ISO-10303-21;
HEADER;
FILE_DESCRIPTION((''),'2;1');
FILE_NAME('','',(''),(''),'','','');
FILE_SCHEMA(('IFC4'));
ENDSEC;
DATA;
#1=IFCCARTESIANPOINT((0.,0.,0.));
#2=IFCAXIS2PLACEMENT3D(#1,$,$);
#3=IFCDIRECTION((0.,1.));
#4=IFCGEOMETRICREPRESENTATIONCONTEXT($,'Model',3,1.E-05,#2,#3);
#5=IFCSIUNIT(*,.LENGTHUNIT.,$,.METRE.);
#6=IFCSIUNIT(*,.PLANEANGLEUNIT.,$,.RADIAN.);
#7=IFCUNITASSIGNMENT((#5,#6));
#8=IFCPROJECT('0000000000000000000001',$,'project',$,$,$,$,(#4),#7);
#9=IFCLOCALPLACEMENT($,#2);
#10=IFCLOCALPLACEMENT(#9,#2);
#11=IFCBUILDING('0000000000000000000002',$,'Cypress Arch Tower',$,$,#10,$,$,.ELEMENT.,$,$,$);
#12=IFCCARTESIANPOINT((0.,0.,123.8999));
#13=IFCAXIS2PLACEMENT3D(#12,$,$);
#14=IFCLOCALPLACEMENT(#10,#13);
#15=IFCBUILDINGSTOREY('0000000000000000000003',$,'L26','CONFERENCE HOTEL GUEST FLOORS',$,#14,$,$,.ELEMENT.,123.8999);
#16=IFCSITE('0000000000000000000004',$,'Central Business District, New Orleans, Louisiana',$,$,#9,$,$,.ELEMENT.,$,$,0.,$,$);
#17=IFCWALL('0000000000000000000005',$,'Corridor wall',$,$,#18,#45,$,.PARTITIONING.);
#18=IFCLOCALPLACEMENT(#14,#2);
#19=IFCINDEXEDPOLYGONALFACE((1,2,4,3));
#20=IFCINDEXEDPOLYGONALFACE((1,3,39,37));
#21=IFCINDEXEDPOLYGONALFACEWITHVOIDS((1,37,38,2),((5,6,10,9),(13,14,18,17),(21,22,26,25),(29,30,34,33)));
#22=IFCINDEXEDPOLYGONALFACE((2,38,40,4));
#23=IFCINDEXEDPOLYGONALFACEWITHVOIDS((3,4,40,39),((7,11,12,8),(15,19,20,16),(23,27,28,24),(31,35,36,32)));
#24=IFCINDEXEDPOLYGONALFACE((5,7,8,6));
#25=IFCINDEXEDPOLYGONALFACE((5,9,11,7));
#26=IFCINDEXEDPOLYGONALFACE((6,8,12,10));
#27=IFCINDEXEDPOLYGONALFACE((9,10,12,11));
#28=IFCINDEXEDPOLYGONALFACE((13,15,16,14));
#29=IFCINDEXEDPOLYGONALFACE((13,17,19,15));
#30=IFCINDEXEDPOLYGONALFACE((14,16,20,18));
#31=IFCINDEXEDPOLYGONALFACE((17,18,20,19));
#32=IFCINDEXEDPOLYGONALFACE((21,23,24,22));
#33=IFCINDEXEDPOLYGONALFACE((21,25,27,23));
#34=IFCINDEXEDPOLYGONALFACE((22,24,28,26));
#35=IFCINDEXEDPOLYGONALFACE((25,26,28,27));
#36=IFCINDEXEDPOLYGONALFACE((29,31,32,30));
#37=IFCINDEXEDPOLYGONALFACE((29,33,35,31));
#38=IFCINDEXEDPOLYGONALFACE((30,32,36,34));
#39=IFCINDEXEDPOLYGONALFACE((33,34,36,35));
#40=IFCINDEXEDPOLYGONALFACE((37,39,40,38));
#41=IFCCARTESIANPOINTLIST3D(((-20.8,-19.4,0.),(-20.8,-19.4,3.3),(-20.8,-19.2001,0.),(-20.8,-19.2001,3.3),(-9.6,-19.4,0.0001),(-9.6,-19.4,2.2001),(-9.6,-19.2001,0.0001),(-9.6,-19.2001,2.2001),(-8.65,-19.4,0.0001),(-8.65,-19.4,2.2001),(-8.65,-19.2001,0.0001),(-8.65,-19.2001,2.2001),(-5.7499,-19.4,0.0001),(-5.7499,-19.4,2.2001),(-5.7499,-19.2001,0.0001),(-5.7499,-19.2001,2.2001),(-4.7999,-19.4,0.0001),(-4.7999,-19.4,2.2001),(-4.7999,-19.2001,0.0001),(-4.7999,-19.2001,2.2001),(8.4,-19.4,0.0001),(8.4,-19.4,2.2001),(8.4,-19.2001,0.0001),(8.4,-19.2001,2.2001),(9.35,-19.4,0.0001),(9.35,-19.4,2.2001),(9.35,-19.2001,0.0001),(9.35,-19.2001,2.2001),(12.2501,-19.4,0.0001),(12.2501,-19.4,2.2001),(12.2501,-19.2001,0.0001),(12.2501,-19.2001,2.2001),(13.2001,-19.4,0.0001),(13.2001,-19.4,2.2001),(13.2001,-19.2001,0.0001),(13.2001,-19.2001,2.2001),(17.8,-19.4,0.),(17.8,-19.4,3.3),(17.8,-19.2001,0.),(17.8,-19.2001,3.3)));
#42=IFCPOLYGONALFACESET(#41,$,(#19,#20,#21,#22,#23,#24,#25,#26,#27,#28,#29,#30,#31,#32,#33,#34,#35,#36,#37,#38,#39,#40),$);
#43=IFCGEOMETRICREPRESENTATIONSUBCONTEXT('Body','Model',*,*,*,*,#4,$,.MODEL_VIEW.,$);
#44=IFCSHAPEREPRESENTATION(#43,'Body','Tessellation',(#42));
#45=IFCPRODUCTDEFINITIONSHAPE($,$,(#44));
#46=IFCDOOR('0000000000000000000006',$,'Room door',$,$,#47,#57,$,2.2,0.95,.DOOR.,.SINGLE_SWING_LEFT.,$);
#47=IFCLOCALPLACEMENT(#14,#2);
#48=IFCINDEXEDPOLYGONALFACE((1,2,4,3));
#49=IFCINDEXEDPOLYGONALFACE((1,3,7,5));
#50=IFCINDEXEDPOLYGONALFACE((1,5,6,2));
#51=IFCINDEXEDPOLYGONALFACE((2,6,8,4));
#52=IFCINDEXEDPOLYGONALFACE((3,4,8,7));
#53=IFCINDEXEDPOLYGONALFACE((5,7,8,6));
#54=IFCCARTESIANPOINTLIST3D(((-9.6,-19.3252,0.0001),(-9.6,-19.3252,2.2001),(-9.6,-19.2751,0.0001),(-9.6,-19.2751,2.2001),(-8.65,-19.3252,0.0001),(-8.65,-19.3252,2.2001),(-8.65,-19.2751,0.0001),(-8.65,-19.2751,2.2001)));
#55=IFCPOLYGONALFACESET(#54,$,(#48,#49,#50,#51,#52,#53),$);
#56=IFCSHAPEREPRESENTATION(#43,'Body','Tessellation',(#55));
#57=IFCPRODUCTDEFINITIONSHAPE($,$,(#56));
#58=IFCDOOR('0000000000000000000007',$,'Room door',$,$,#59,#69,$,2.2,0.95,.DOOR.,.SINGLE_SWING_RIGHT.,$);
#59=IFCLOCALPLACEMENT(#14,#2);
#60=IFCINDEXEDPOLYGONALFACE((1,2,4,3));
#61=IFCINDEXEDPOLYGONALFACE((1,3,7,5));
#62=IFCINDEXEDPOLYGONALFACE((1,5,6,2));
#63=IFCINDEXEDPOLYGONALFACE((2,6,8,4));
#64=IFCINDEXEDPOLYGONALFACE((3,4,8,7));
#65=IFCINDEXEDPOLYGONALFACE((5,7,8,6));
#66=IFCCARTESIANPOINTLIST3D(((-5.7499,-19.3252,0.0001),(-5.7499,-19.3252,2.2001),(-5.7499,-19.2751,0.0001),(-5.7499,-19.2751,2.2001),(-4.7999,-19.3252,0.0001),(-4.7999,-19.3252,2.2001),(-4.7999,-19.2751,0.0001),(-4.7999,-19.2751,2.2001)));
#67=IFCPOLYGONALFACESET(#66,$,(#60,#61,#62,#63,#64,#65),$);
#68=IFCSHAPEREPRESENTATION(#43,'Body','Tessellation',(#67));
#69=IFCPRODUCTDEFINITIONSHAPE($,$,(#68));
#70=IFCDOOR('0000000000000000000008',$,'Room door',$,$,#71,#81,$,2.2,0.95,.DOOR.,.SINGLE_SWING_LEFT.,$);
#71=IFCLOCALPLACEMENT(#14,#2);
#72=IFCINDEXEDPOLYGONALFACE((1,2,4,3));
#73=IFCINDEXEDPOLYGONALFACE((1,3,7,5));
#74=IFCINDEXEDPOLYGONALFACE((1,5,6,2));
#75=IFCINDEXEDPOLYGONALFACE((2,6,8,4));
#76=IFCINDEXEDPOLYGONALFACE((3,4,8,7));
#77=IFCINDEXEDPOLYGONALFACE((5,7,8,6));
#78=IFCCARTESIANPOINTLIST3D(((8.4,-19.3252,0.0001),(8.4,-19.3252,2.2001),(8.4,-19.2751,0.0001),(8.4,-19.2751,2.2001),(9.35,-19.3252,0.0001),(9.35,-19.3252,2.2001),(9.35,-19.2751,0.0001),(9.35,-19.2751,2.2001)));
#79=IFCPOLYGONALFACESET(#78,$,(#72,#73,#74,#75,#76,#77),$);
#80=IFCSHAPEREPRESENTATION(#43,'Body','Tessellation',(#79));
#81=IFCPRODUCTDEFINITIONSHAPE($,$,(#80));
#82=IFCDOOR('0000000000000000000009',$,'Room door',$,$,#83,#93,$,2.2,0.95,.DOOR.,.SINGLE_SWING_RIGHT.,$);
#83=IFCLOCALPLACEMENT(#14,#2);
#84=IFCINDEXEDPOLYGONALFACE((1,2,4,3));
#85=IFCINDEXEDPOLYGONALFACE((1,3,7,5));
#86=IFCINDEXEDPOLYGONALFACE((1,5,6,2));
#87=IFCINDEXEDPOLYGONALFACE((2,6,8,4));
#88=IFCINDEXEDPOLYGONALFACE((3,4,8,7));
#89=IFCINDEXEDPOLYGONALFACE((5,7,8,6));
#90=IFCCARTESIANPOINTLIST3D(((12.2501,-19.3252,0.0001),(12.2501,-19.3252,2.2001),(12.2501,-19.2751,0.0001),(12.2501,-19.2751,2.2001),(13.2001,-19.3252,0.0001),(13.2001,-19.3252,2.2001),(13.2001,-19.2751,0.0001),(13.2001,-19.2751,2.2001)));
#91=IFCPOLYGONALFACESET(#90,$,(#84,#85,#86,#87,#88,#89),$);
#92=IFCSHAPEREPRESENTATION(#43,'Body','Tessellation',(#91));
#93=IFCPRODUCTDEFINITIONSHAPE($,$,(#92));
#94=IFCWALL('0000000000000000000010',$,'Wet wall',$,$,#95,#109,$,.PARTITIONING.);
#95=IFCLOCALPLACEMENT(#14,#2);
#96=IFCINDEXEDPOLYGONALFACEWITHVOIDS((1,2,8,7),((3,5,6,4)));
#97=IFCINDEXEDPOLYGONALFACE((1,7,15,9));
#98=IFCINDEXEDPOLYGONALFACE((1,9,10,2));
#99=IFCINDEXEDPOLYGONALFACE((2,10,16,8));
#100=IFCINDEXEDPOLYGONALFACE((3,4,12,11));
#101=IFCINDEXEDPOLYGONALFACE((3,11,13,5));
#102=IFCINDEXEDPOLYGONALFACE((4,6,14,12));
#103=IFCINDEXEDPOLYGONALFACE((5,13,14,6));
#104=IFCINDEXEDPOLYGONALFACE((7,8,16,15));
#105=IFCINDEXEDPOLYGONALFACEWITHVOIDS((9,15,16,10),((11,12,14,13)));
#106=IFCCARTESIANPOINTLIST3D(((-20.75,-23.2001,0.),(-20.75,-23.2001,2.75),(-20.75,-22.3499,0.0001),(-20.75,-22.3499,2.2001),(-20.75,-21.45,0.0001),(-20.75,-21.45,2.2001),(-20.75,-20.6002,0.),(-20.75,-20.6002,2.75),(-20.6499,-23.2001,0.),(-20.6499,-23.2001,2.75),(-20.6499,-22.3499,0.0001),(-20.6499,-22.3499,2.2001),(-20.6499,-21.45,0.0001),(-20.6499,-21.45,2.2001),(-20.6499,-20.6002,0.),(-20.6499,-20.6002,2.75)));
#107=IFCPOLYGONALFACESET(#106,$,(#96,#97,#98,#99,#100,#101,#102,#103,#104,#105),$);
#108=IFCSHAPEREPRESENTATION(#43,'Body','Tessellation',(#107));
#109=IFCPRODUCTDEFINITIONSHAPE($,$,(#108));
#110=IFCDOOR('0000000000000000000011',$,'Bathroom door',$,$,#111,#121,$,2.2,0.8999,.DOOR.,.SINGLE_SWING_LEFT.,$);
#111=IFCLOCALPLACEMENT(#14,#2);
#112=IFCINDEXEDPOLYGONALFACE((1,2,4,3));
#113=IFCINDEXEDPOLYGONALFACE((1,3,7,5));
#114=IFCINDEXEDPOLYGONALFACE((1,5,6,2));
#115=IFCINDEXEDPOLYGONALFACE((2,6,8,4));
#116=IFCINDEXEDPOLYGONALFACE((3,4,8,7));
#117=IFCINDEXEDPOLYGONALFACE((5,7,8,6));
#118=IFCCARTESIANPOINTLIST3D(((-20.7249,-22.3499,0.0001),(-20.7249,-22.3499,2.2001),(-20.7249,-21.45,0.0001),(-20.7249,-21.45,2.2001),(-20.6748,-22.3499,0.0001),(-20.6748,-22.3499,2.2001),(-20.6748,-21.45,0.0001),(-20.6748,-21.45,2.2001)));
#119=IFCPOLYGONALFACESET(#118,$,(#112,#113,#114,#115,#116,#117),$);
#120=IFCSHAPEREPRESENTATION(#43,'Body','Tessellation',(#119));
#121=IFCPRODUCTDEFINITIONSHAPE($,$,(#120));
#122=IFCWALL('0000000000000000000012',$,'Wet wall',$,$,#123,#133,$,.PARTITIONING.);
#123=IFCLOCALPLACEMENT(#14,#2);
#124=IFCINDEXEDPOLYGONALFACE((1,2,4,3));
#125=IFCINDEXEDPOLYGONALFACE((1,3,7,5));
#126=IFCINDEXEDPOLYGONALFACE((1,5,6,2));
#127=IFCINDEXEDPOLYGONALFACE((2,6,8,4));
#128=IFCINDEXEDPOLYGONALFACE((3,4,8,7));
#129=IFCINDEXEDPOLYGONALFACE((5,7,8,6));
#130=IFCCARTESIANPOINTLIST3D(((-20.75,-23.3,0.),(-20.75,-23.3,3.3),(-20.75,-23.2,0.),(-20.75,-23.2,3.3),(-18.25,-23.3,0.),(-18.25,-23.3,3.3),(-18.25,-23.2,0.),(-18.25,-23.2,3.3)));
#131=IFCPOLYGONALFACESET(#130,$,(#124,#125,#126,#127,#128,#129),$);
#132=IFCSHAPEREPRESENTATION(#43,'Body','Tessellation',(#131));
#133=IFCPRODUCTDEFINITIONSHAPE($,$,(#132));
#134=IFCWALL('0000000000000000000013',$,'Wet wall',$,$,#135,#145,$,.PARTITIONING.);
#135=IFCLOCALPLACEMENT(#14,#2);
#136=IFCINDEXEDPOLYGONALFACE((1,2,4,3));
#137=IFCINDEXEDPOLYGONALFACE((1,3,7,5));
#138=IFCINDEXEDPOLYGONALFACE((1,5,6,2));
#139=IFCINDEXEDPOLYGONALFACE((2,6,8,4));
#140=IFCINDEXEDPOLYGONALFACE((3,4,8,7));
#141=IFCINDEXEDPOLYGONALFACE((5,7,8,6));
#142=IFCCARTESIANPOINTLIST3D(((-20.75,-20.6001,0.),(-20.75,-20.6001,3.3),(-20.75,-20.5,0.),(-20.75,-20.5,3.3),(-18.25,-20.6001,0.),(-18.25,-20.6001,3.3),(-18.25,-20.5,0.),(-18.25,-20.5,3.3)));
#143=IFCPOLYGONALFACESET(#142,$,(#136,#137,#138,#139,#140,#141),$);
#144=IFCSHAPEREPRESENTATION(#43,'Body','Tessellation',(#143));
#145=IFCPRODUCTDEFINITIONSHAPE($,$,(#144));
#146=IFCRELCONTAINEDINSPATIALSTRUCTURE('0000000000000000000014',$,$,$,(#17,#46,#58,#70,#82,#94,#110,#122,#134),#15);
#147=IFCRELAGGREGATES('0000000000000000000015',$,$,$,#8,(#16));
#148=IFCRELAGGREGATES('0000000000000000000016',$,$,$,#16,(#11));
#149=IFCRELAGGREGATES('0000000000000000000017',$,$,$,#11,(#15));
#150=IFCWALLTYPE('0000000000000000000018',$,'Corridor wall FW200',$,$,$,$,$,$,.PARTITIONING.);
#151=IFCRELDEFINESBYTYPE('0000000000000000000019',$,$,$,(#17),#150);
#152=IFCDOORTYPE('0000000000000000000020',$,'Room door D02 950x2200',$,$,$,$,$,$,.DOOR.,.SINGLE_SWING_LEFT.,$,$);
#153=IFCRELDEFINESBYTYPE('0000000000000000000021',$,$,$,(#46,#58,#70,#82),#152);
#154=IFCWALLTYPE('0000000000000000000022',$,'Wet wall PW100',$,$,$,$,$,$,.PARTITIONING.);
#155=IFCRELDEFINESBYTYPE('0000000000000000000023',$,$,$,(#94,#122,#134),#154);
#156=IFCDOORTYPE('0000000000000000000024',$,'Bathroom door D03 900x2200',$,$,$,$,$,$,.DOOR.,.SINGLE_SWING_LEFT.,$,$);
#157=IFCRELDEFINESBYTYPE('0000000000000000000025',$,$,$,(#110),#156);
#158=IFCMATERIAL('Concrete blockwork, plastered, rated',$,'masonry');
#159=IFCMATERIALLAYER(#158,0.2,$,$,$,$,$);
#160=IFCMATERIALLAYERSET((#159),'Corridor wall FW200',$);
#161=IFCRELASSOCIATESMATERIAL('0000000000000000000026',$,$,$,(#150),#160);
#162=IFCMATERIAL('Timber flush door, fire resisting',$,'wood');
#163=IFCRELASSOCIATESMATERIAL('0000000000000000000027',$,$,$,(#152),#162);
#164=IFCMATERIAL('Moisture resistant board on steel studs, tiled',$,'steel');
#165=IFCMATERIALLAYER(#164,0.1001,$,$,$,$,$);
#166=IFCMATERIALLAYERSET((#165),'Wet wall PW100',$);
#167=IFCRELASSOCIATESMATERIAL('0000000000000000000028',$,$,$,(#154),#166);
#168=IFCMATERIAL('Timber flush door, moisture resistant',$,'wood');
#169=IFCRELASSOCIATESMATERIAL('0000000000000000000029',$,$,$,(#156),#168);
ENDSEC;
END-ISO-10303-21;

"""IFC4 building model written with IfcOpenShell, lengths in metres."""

from ifc_helpers import new_model, si_unit, direction, frame, frame_2d, origin, place, context, subcontext, project, spatial, rectangle, extrude, material, layer, layer_set, type_object, element, fill, save


model = new_model("IFC4")

# Units and contexts
model_context = context("Model", 3, precision=1e-05, world=origin(), true_north=direction((0.0, 1.0)))
body_context = subcontext(model_context, "Body", "Model", "MODEL_VIEW")
ifc_project = project(units=[si_unit("LENGTHUNIT", "METRE"), si_unit("PLANEANGLEUNIT", "RADIAN")], contexts=[model_context])

# Site, building, storey
site_placement = place(None, origin())
site = spatial("IfcSite", under=ifc_project, at=site_placement, Name="Central Business District, New Orleans, Louisiana", CompositionType="ELEMENT", RefElevation=0.0)
building_placement = place(site_placement, origin())
building = spatial("IfcBuilding", under=site, at=building_placement, Name="Cypress Arch Tower", CompositionType="ELEMENT")
storey_placement = place(building_placement, frame((0.0, 0.0, 123.8999)))
storey = spatial("IfcBuildingStorey", under=building, at=storey_placement, Name="L26", Description="CONFERENCE HOTEL GUEST FLOORS", CompositionType="ELEMENT", Elevation=123.8999)

# Shared definitions
ifc_material_1 = material(Name="Concrete blockwork, plastered, rated", Category="masonry")
ifc_layer_1 = layer(ifc_material_1, 0.2)
ifc_layer_set_1 = layer_set([ifc_layer_1], Name="Corridor wall FW200")
wall_type_1 = type_object("IfcWallType", Name="Corridor wall FW200", PredefinedType="PARTITIONING", material=ifc_layer_set_1)
ifc_material_2 = material(Name="Timber flush door, fire resisting", Category="wood")
door_type_1 = type_object("IfcDoorType", Name="Room door D02 950x2200", OperationType="SINGLE_SWING_LEFT", PredefinedType="DOOR", material=ifc_material_2)

# Wall, openings, doors
wall_1_placement = place(storey_placement, frame((-20.8, -19.3, 0.0), z_axis=(0.0, 0.0, 1.0), x_axis=(1.0, 0.0, 0.0)))
wall_1 = element("IfcWall", 1, at=wall_1_placement, inside=storey, type_object=wall_type_1, Name="Corridor wall", PredefinedType="PARTITIONING", context=body_context, shape_type="SweptSolid", body=[
    extrude(rectangle(XDim=38.6001, YDim=0.2, at=frame_2d((19.3, 0.0))), origin(), (0.0, 0.0, 1.0), 3.3),
])
opening_1_placement = place(wall_1_placement, frame((11.2, 0.0, 0.0)))
opening_1 = element("IfcOpeningElement", 2, at=opening_1_placement, cuts=wall_1, PredefinedType="OPENING", context=body_context, shape_type="SweptSolid", body=[
    extrude(rectangle(XDim=0.95, YDim=2.2, at=frame_2d((0.4751, 1.1001))), frame((0.0, 0.1099, 0.0), z_axis=(0.0, -1.0, 0.0), x_axis=(1.0, 0.0, 0.0)), (0.0, 0.0, 1.0), 0.22),
])
opening_2_placement = place(wall_1_placement, frame((15.05, 0.0, 0.0)))
opening_2 = element("IfcOpeningElement", 3, at=opening_2_placement, cuts=wall_1, PredefinedType="OPENING", context=body_context, shape_type="SweptSolid", body=[
    extrude(rectangle(XDim=0.95, YDim=2.2, at=frame_2d((0.4751, 1.1001))), frame((0.0, 0.1099, 0.0), z_axis=(0.0, -1.0, 0.0), x_axis=(1.0, 0.0, 0.0)), (0.0, 0.0, 1.0), 0.22),
])
opening_3_placement = place(wall_1_placement, frame((29.2, 0.0, 0.0)))
opening_3 = element("IfcOpeningElement", 4, at=opening_3_placement, cuts=wall_1, PredefinedType="OPENING", context=body_context, shape_type="SweptSolid", body=[
    extrude(rectangle(XDim=0.95, YDim=2.2, at=frame_2d((0.4751, 1.1001))), frame((0.0, 0.1099, 0.0), z_axis=(0.0, -1.0, 0.0), x_axis=(1.0, 0.0, 0.0)), (0.0, 0.0, 1.0), 0.22),
])
opening_4_placement = place(wall_1_placement, frame((33.05, 0.0, 0.0)))
opening_4 = element("IfcOpeningElement", 5, at=opening_4_placement, cuts=wall_1, PredefinedType="OPENING", context=body_context, shape_type="SweptSolid", body=[
    extrude(rectangle(XDim=0.95, YDim=2.2, at=frame_2d((0.4751, 1.1001))), frame((0.0, 0.1099, 0.0), z_axis=(0.0, -1.0, 0.0), x_axis=(1.0, 0.0, 0.0)), (0.0, 0.0, 1.0), 0.22),
])
door_1_placement = place(opening_1_placement, origin())
door_1 = element("IfcDoor", 6, at=door_1_placement, inside=storey, type_object=door_type_1, Name="Room door", OperationType="SINGLE_SWING_LEFT", OverallHeight=2.2, OverallWidth=0.95, PredefinedType="DOOR", context=body_context, shape_type="SweptSolid", body=[
    extrude(rectangle(XDim=0.95, YDim=2.2, at=frame_2d((0.4751, 1.1001))), frame((0.0, 0.0249, 0.0), z_axis=(0.0, -1.0, 0.0), x_axis=(1.0, 0.0, 0.0)), (0.0, 0.0, 1.0), 0.05),
])
fill(opening_1, door_1)
door_2_placement = place(opening_2_placement, origin())
door_2 = element("IfcDoor", 7, at=door_2_placement, inside=storey, type_object=door_type_1, Name="Room door", OperationType="SINGLE_SWING_RIGHT", OverallHeight=2.2, OverallWidth=0.95, PredefinedType="DOOR", context=body_context, shape_type="SweptSolid", body=[
    extrude(rectangle(XDim=0.95, YDim=2.2, at=frame_2d((0.4751, 1.1001))), frame((0.0, 0.0249, 0.0), z_axis=(0.0, -1.0, 0.0), x_axis=(1.0, 0.0, 0.0)), (0.0, 0.0, 1.0), 0.05),
])
fill(opening_2, door_2)
door_3_placement = place(opening_3_placement, origin())
door_3 = element("IfcDoor", 8, at=door_3_placement, inside=storey, type_object=door_type_1, Name="Room door", OperationType="SINGLE_SWING_LEFT", OverallHeight=2.2, OverallWidth=0.95, PredefinedType="DOOR", context=body_context, shape_type="SweptSolid", body=[
    extrude(rectangle(XDim=0.95, YDim=2.2, at=frame_2d((0.4751, 1.1001))), frame((0.0, 0.0249, 0.0), z_axis=(0.0, -1.0, 0.0), x_axis=(1.0, 0.0, 0.0)), (0.0, 0.0, 1.0), 0.05),
])
fill(opening_3, door_3)
door_4_placement = place(opening_4_placement, origin())
door_4 = element("IfcDoor", 9, at=door_4_placement, inside=storey, type_object=door_type_1, Name="Room door", OperationType="SINGLE_SWING_RIGHT", OverallHeight=2.2, OverallWidth=0.95, PredefinedType="DOOR", context=body_context, shape_type="SweptSolid", body=[
    extrude(rectangle(XDim=0.95, YDim=2.2, at=frame_2d((0.4751, 1.1001))), frame((0.0, 0.0249, 0.0), z_axis=(0.0, -1.0, 0.0), x_axis=(1.0, 0.0, 0.0)), (0.0, 0.0, 1.0), 0.05),
])
fill(opening_4, door_4)

# Wall, opening, door
ifc_material_3 = material(Name="Moisture resistant board on steel studs, tiled", Category="steel")
ifc_layer_2 = layer(ifc_material_3, 0.1001)
ifc_layer_set_2 = layer_set([ifc_layer_2], Name="Wet wall PW100")
wall_type_2 = type_object("IfcWallType", Name="Wet wall PW100", PredefinedType="PARTITIONING", material=ifc_layer_set_2)
wall_2_placement = place(storey_placement, frame((-20.7, -23.2, 0.0), z_axis=(0.0, 0.0, 1.0), x_axis=(0.0, 1.0, 0.0)))
wall_2 = element("IfcWall", 10, at=wall_2_placement, inside=storey, type_object=wall_type_2, Name="Wet wall", PredefinedType="PARTITIONING", context=body_context, shape_type="SweptSolid", body=[
    extrude(rectangle(XDim=2.5999, YDim=0.1001, at=frame_2d((1.2998, 0.0))), origin(), (0.0, 0.0, 1.0), 2.75),
])
opening_5_placement = place(wall_2_placement, frame((0.8501, 0.0, 0.0)))
opening_5 = element("IfcOpeningElement", 11, at=opening_5_placement, cuts=wall_2, PredefinedType="OPENING", context=body_context, shape_type="SweptSolid", body=[
    extrude(rectangle(XDim=0.8999, YDim=2.2, at=frame_2d((0.45, 1.1001))), frame((0.0, 0.0601, 0.0), z_axis=(0.0, -1.0, 0.0), x_axis=(1.0, 0.0, 0.0)), (0.0, 0.0, 1.0), 0.1201),
])
ifc_material_4 = material(Name="Timber flush door, moisture resistant", Category="wood")
door_type_2 = type_object("IfcDoorType", Name="Bathroom door D03 900x2200", OperationType="SINGLE_SWING_LEFT", PredefinedType="DOOR", material=ifc_material_4)
door_5_placement = place(opening_5_placement, origin())
door_5 = element("IfcDoor", 12, at=door_5_placement, inside=storey, type_object=door_type_2, Name="Bathroom door", OperationType="SINGLE_SWING_LEFT", OverallHeight=2.2, OverallWidth=0.8999, PredefinedType="DOOR", context=body_context, shape_type="SweptSolid", body=[
    extrude(rectangle(XDim=0.8999, YDim=2.2, at=frame_2d((0.45, 1.1001))), frame((0.0, 0.0249, 0.0), z_axis=(0.0, -1.0, 0.0), x_axis=(1.0, 0.0, 0.0)), (0.0, 0.0, 1.0), 0.05),
])
fill(opening_5, door_5)

# Walls
for number, where, z_axis, x_axis, name in (
    (13, (-20.75, -23.25, 0.0), (0.0, 0.0, 1.0), (1.0, 0.0, 0.0), "Wet wall"),
    (14, (-20.75, -20.55, 0.0), (0.0, 0.0, 1.0), (1.0, 0.0, 0.0), "Wet wall"),
):
    element("IfcWall", number, at=place(storey_placement, frame(where, z_axis=z_axis, x_axis=x_axis)), inside=storey, type_object=wall_type_2, Name=name, PredefinedType="PARTITIONING", context=body_context, shape_type="SweptSolid", body=[
        extrude(rectangle(XDim=2.5, YDim=0.1001, at=frame_2d((1.25, 0.0))), origin(), (0.0, 0.0, 1.0), 3.3),
    ])

save(model, "model.ifc")
